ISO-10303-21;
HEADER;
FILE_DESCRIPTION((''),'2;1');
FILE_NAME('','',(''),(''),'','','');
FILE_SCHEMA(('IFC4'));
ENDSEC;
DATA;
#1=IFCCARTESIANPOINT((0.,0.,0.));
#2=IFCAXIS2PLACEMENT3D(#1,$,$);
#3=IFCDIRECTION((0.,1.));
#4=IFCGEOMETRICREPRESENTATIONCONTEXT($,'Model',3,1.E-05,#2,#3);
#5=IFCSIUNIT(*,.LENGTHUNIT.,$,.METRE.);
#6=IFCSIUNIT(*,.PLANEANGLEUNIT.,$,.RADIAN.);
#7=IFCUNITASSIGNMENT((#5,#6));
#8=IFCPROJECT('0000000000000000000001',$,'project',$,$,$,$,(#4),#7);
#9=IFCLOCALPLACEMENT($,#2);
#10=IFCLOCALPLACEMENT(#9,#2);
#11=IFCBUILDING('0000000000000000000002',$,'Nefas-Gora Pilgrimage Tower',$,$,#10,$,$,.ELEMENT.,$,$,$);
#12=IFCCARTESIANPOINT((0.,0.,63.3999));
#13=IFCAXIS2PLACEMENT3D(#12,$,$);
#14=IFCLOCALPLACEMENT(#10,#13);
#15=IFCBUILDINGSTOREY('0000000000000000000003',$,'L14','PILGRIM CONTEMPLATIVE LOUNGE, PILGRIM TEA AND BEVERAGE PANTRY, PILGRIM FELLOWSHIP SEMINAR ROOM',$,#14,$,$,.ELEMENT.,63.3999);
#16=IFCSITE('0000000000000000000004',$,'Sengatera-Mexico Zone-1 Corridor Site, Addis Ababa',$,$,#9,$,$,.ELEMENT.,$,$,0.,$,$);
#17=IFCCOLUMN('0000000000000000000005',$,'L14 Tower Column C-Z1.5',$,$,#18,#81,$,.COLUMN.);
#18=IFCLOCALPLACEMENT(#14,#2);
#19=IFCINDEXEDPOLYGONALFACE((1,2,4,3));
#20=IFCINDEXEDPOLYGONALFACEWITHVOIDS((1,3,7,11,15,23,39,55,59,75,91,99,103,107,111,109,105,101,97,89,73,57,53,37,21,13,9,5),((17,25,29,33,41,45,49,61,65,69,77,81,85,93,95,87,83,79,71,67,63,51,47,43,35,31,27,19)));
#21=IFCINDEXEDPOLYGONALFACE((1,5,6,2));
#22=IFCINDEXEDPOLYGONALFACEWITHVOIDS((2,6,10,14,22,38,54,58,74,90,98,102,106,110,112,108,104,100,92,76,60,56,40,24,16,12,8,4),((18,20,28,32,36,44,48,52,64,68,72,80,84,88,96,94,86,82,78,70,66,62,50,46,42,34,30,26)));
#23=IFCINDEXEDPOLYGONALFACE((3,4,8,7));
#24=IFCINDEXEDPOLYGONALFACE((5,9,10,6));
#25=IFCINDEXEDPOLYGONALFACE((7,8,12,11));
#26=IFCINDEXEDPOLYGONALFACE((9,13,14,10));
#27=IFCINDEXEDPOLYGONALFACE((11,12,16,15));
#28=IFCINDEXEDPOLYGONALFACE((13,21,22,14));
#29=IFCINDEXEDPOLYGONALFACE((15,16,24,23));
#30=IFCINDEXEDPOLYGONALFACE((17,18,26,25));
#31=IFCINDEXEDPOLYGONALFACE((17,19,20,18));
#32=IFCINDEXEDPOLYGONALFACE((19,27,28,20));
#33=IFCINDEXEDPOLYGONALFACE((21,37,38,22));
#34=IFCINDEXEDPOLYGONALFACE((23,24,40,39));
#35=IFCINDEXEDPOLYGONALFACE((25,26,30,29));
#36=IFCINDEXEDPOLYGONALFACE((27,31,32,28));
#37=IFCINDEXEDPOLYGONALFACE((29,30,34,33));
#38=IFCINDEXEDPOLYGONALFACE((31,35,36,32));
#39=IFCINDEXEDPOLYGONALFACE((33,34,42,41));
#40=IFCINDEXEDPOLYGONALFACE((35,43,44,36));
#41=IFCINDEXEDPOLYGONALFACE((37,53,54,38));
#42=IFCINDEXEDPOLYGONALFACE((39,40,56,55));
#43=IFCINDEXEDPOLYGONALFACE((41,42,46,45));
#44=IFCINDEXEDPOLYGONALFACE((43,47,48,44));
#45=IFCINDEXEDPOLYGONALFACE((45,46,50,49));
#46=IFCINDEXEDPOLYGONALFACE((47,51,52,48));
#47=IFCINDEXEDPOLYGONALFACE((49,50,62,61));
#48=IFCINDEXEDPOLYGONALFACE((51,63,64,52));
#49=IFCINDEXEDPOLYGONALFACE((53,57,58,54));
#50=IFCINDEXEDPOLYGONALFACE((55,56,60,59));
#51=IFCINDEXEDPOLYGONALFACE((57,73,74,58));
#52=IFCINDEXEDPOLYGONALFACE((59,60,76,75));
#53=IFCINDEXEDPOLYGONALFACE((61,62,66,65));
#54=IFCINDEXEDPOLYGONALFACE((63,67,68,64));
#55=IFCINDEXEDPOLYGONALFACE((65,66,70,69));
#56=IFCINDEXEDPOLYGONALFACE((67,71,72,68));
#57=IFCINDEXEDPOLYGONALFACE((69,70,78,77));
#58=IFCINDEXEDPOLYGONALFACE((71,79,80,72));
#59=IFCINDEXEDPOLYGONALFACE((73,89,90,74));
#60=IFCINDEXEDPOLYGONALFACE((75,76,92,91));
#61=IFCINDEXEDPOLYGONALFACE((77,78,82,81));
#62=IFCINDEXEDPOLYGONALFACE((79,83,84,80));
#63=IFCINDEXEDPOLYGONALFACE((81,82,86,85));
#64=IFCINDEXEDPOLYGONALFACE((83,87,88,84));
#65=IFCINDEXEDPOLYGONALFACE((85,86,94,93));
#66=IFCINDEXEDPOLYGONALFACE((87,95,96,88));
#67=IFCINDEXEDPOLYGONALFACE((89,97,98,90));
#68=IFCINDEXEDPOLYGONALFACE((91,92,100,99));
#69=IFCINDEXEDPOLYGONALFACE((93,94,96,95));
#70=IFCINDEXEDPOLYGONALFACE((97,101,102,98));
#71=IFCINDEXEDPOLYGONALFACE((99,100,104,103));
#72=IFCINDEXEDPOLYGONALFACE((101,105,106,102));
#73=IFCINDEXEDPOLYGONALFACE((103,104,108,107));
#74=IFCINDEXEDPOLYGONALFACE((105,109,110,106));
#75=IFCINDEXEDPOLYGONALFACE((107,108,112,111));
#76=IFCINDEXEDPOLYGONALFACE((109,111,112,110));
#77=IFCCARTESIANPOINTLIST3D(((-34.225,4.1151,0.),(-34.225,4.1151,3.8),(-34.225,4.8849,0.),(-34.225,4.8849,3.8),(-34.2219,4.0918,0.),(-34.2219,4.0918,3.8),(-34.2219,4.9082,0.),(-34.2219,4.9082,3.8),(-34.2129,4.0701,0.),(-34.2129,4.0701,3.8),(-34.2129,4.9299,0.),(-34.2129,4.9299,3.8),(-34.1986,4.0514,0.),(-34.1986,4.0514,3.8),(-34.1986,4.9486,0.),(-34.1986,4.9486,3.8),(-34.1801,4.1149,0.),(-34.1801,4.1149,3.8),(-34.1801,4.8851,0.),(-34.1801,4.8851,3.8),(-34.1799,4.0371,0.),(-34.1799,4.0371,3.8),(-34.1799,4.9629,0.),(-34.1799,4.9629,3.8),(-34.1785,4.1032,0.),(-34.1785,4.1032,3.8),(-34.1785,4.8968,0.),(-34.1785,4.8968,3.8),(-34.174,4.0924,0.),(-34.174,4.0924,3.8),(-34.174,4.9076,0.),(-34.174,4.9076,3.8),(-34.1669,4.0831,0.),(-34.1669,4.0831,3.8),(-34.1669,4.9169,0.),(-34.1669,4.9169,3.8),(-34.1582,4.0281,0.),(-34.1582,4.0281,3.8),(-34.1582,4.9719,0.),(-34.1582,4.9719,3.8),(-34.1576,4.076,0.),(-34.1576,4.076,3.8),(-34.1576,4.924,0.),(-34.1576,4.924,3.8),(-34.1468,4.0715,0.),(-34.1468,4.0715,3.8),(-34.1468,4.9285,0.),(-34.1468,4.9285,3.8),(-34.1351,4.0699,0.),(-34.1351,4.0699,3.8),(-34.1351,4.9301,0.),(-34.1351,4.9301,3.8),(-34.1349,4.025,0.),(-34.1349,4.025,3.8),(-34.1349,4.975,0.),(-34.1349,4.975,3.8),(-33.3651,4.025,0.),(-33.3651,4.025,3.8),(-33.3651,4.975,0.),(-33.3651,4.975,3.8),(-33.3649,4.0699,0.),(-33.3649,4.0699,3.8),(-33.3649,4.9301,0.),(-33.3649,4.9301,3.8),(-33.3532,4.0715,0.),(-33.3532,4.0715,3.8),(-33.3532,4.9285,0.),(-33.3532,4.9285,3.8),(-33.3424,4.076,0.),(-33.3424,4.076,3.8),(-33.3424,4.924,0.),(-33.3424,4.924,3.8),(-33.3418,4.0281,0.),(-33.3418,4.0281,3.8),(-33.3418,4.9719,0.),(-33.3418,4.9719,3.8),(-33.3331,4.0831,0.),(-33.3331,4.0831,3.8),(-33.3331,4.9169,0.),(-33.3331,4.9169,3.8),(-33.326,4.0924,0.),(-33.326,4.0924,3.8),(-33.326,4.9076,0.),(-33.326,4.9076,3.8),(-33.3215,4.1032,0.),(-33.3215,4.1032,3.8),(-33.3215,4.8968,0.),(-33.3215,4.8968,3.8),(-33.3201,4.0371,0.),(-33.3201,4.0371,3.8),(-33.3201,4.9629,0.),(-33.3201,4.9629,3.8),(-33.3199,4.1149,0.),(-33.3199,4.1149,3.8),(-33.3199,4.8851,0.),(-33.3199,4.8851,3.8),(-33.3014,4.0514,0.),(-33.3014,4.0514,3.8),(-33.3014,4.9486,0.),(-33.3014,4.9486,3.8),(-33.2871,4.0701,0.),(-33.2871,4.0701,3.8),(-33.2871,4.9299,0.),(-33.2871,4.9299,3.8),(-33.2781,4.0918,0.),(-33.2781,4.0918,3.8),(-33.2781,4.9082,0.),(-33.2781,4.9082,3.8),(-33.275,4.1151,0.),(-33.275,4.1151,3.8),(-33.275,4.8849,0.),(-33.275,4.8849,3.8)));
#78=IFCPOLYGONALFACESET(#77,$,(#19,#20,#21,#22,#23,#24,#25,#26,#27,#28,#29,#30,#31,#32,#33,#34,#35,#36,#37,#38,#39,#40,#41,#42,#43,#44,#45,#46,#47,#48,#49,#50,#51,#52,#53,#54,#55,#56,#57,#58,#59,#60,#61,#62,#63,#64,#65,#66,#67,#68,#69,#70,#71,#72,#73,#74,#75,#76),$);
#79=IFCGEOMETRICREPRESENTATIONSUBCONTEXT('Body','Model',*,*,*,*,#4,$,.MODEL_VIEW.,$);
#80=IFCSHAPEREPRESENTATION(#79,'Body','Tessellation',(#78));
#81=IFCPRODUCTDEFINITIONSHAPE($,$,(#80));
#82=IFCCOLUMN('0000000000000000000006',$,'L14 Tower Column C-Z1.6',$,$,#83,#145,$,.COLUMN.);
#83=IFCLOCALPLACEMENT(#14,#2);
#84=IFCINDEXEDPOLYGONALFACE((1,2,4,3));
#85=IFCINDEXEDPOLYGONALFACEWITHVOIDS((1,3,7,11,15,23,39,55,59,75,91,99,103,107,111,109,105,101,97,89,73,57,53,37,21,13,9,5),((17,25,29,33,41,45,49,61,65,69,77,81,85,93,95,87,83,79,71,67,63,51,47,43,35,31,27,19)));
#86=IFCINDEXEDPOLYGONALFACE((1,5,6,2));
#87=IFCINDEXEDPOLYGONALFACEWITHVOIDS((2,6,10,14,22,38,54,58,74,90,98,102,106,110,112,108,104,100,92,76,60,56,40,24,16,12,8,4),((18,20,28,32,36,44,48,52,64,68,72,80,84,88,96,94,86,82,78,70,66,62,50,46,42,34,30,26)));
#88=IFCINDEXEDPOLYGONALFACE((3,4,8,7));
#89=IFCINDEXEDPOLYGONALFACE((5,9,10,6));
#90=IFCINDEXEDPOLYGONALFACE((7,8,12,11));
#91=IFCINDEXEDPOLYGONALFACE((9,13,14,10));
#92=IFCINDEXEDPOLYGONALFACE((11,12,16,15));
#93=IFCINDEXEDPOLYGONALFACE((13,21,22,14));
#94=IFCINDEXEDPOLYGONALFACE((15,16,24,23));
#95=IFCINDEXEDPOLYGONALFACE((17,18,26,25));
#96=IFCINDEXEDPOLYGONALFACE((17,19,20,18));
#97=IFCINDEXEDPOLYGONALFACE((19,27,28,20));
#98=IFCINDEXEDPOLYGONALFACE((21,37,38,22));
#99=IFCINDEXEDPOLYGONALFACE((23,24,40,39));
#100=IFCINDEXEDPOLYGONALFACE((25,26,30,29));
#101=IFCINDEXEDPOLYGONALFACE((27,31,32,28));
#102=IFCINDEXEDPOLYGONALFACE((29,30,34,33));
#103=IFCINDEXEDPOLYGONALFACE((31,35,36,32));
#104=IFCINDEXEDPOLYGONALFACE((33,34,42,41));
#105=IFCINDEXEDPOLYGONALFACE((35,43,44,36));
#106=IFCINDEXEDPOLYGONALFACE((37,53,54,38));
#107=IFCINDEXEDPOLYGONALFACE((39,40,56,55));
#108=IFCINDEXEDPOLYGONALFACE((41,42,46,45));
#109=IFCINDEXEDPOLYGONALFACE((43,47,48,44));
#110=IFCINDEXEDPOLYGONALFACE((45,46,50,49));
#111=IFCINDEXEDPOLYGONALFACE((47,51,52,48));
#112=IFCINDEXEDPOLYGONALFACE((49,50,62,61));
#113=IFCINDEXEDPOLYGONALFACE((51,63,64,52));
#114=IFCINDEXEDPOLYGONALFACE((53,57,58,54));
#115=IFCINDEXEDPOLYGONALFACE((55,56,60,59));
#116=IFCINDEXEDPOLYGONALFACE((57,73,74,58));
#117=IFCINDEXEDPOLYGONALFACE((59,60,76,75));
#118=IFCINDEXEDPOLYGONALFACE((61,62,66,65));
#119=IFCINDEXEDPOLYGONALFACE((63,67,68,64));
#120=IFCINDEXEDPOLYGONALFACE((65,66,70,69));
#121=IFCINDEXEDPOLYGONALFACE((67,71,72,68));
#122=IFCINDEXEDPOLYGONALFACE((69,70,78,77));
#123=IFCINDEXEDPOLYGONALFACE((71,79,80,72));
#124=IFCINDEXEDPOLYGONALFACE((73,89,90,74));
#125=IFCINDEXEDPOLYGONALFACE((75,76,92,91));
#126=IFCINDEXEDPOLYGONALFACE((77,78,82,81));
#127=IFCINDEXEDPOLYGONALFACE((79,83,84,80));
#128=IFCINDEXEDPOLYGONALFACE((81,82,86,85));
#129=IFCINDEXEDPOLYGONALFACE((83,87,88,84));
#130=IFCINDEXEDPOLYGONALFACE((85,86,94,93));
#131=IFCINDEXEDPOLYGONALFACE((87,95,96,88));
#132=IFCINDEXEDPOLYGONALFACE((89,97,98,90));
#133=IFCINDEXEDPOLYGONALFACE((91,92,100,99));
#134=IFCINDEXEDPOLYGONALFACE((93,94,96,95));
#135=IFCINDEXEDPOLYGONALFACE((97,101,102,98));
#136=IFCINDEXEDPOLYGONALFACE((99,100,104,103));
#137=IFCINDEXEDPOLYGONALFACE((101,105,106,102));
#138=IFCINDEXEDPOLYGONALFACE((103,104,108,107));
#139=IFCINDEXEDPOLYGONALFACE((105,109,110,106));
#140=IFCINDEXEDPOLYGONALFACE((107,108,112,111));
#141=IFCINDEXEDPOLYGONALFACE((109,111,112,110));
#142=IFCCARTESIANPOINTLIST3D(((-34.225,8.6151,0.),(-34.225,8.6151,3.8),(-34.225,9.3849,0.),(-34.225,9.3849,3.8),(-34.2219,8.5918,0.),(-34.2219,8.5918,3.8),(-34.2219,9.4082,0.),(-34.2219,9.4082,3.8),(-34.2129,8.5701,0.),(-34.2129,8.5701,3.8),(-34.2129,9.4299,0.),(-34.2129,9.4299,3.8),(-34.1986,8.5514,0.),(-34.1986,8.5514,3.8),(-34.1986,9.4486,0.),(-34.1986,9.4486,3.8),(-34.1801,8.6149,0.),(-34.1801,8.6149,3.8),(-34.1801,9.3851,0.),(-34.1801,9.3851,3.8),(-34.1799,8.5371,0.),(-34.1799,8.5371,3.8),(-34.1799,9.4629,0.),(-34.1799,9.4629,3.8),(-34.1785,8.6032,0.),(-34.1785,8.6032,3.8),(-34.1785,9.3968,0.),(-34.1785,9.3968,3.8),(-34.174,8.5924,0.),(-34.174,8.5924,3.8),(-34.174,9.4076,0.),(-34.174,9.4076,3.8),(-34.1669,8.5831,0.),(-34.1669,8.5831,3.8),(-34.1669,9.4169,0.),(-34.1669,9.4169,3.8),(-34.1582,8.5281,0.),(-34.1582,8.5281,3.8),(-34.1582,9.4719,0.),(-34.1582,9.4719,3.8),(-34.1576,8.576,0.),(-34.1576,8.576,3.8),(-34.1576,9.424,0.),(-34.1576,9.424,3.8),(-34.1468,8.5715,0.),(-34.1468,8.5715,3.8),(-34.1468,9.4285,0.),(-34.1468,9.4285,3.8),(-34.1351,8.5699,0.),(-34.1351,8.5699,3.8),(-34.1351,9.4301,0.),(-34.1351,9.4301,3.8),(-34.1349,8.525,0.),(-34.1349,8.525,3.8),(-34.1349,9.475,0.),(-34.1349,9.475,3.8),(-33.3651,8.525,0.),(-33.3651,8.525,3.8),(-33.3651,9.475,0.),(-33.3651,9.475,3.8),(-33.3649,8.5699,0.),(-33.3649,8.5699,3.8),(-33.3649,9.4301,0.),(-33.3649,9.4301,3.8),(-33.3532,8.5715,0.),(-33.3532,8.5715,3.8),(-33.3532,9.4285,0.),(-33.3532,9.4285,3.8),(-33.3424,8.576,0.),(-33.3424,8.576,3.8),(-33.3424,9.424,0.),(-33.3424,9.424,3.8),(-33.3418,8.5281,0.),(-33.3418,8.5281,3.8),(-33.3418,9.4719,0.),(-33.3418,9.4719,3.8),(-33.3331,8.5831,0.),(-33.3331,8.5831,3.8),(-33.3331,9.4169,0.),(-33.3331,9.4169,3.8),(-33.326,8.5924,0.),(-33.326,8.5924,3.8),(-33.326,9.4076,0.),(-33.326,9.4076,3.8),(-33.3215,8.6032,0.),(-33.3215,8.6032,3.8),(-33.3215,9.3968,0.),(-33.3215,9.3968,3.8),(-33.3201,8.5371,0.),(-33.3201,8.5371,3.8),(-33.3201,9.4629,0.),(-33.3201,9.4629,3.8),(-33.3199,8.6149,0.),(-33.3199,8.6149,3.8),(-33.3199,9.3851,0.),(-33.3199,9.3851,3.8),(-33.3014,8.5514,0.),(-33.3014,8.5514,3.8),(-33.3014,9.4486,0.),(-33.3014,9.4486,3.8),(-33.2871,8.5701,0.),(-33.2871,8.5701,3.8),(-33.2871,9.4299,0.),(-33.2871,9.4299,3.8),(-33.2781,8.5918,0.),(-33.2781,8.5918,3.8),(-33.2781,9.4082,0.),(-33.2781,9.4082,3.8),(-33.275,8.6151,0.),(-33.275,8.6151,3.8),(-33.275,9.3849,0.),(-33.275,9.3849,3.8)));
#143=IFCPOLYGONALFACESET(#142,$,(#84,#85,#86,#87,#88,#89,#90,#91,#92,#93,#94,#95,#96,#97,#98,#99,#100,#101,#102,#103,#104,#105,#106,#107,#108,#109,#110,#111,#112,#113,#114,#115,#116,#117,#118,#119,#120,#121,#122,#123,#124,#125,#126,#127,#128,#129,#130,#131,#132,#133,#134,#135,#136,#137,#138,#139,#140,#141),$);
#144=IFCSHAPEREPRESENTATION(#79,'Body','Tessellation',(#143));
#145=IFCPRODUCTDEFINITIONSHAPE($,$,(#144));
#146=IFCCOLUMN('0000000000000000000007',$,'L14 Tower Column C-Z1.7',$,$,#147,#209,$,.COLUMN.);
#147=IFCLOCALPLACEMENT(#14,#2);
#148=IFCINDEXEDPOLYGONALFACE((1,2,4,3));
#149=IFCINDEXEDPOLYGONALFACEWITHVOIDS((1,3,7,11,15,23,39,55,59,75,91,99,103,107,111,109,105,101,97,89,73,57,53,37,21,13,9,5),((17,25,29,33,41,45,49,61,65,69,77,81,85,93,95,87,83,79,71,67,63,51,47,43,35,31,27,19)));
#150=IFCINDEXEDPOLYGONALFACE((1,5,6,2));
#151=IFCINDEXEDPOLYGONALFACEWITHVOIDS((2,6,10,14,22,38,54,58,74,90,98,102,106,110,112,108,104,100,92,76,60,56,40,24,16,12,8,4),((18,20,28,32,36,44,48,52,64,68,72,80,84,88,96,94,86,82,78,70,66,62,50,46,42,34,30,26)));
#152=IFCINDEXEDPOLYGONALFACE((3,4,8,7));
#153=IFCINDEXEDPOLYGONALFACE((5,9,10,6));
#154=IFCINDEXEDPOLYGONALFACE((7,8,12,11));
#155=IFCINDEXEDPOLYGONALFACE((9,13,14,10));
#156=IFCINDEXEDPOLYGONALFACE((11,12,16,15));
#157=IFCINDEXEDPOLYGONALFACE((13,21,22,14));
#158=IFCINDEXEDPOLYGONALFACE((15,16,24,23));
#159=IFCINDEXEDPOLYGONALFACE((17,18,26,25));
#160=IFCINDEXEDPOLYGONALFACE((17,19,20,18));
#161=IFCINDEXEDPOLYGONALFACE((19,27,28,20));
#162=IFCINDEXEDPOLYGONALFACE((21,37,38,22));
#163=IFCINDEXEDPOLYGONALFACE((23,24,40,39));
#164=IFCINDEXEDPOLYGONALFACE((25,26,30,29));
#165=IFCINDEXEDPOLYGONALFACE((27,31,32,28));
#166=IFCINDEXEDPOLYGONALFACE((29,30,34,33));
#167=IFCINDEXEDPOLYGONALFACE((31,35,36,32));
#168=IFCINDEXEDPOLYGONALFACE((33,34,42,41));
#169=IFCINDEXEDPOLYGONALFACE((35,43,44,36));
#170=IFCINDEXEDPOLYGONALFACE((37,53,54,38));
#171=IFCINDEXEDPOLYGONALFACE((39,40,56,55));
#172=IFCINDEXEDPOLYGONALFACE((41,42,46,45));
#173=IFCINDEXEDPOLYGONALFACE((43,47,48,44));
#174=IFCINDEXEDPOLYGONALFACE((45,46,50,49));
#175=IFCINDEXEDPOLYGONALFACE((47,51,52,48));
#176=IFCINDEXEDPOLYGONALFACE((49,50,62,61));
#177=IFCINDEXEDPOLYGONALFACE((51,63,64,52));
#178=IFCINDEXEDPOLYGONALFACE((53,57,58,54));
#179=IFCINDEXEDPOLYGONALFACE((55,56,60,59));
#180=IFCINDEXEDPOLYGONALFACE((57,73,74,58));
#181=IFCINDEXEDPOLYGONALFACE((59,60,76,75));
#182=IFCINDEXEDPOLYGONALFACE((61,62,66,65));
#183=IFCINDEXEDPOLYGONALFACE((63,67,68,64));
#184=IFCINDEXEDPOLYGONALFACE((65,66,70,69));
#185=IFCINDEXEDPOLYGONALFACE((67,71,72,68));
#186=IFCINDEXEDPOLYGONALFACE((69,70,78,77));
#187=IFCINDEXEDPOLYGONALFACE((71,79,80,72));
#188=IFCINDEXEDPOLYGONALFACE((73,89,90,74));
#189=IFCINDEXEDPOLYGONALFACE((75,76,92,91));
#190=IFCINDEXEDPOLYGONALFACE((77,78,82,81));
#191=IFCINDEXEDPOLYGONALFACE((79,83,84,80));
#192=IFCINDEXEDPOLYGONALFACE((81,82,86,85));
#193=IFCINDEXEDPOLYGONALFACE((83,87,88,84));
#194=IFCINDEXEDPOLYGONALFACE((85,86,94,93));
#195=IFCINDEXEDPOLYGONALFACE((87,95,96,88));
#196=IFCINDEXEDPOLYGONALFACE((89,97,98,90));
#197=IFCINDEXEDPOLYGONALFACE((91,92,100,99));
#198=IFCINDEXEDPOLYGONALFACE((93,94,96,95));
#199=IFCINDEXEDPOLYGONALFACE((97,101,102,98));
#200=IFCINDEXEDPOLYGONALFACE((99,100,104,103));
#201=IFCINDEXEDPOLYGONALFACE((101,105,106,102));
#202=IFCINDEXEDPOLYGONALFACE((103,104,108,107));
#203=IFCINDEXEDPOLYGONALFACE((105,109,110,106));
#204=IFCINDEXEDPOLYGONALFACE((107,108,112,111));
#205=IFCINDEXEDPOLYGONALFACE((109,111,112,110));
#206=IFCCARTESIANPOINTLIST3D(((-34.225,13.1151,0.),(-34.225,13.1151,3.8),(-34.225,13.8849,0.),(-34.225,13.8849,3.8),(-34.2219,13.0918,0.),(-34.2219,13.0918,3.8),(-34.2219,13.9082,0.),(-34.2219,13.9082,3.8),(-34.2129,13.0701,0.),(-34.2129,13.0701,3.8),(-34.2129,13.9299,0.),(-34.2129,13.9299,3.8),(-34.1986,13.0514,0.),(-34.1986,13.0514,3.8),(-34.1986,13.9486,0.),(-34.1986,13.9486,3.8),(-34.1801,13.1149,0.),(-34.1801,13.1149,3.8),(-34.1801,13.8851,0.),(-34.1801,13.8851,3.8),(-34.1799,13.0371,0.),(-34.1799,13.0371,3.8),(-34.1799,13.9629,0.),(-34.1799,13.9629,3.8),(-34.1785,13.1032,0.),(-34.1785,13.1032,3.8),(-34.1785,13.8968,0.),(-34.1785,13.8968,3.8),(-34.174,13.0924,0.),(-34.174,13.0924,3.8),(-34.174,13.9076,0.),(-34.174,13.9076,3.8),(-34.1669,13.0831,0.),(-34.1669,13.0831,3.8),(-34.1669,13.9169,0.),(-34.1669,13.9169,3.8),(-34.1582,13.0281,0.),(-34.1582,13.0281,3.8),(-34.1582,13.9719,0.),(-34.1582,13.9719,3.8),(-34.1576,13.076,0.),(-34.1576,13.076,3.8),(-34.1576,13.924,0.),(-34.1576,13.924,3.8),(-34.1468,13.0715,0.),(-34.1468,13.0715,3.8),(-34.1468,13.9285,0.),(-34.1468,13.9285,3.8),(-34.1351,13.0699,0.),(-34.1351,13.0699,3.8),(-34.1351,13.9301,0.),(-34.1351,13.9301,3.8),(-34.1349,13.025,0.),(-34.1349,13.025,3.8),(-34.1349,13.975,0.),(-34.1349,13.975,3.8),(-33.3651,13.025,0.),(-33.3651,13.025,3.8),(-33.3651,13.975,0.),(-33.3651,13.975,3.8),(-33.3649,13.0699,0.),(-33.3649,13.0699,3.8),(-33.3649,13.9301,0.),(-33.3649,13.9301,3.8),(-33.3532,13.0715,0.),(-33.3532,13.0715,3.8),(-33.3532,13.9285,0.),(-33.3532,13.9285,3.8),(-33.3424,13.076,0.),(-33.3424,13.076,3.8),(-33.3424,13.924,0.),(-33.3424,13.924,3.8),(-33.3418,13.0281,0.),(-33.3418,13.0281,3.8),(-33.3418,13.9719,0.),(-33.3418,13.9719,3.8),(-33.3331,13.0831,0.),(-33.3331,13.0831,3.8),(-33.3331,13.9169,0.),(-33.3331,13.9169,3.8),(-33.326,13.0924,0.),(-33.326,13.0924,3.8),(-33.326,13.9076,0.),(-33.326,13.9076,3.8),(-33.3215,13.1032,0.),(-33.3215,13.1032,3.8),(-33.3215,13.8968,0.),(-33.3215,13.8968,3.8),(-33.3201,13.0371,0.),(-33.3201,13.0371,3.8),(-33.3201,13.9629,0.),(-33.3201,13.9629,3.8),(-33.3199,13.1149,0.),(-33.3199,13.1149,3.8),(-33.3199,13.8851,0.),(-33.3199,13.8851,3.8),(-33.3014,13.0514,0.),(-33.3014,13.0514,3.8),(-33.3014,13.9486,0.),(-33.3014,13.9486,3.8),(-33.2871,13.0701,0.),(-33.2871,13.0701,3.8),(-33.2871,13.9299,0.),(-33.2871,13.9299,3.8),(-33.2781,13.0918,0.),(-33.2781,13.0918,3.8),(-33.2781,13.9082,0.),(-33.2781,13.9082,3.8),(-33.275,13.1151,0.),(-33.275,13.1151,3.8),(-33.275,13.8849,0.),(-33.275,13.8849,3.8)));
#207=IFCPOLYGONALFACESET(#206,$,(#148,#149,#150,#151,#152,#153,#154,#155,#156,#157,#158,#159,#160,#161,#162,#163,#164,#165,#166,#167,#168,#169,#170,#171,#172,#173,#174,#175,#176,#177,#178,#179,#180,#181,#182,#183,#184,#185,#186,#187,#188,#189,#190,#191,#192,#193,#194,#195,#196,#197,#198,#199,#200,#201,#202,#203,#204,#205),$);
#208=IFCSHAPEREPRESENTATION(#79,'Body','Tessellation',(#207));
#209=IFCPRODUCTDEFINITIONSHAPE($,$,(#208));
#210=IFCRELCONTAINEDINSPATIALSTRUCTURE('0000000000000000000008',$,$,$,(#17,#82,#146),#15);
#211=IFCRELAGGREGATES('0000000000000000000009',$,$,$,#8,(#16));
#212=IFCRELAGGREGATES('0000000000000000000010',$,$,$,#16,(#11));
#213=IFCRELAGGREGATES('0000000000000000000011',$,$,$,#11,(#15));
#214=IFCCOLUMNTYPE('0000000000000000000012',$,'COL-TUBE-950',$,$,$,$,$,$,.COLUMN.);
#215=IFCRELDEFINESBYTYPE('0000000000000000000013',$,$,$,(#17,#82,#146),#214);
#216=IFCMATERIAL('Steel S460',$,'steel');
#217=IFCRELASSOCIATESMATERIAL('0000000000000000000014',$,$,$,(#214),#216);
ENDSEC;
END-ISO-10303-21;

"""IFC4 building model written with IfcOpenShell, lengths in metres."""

from ifc_helpers import new_model, si_unit, direction, frame, origin, origin_2d, place, context, subcontext, project, spatial, hollow_rectangle, extrude, source, transform, mapped, material, material_profile, profile_set, type_object, element, save


model = new_model("IFC4")

# Units and contexts
model_context = context("Model", 3, precision=1e-05, world=origin(), true_north=direction((0.0, 1.0)))
body_context = subcontext(model_context, "Body", "Model", "MODEL_VIEW")
ifc_project = project(units=[si_unit("LENGTHUNIT", "METRE"), si_unit("PLANEANGLEUNIT", "RADIAN")], contexts=[model_context])

# Site, building, storey
site_placement = place(None, origin())
site = spatial("IfcSite", under=ifc_project, at=site_placement, Name="Sengatera-Mexico Zone-1 Corridor Site, Addis Ababa", CompositionType="ELEMENT", RefElevation=0.0)
building_placement = place(site_placement, origin())
building = spatial("IfcBuilding", under=site, at=building_placement, Name="Nefas-Gora Pilgrimage Tower", CompositionType="ELEMENT")
storey_placement = place(building_placement, frame((0.0, 0.0, 63.3999)))
storey = spatial("IfcBuildingStorey", under=building, at=storey_placement, Name="L14", Description="PILGRIM CONTEMPLATIVE LOUNGE, PILGRIM TEA AND BEVERAGE PANTRY, PILGRIM FELLOWSHIP SEMINAR ROOM", CompositionType="ELEMENT", Elevation=63.3999)

# Columns
ifc_material_1 = material(Name="Steel S460", Category="steel")
ifc_material_profile_1 = material_profile(ifc_material_1, hollow_rectangle(XDim=0.95, YDim=0.95, WallThickness=0.0449, InnerFilletRadius=0.0449, OuterFilletRadius=0.0901, at=origin_2d()), Name="BOX 950x950x45")
ifc_profile_set_1 = profile_set([ifc_material_profile_1], Name="Steel S460")
column_type_1 = type_object("IfcColumnType", Name="COL-TUBE-950", PredefinedType="COLUMN", material=ifc_profile_set_1)
shared_shape_1 = source(origin(), body_context, "Body", "SweptSolid", [
    extrude(hollow_rectangle(XDim=0.95, YDim=0.95, WallThickness=0.0449, InnerFilletRadius=0.0449, OuterFilletRadius=0.0901, at=origin_2d()), origin(), (0.0, 0.0, 1.0), 3.8),
])
for number, where, z_axis, x_axis, name in (
    (1, (-33.75, 4.5, 0.0), (0.0, 0.0, 1.0), (1.0, 0.0, 0.0), "L14 Tower Column C-Z1.5"),
    (2, (-33.75, 9.0, 0.0), (0.0, 0.0, 1.0), (1.0, 0.0, 0.0), "L14 Tower Column C-Z1.6"),
    (3, (-33.75, 13.5, 0.0), (0.0, 0.0, 1.0), (1.0, 0.0, 0.0), "L14 Tower Column C-Z1.7"),
):
    element("IfcColumn", number, at=place(storey_placement, frame(where, z_axis=z_axis, x_axis=x_axis)), inside=storey, type_object=column_type_1, Name=name, PredefinedType="COLUMN", context=body_context, shape_type="MappedRepresentation", body=[
        mapped(shared_shape_1, transform((0.0, 0.0, 0.0), x_axis=(1.0, 0.0, 0.0), y_axis=(0.0, 1.0, 0.0), z_axis=(0.0, 0.0, 1.0), scale=1.0)),
    ])

save(model, "model.ifc")
